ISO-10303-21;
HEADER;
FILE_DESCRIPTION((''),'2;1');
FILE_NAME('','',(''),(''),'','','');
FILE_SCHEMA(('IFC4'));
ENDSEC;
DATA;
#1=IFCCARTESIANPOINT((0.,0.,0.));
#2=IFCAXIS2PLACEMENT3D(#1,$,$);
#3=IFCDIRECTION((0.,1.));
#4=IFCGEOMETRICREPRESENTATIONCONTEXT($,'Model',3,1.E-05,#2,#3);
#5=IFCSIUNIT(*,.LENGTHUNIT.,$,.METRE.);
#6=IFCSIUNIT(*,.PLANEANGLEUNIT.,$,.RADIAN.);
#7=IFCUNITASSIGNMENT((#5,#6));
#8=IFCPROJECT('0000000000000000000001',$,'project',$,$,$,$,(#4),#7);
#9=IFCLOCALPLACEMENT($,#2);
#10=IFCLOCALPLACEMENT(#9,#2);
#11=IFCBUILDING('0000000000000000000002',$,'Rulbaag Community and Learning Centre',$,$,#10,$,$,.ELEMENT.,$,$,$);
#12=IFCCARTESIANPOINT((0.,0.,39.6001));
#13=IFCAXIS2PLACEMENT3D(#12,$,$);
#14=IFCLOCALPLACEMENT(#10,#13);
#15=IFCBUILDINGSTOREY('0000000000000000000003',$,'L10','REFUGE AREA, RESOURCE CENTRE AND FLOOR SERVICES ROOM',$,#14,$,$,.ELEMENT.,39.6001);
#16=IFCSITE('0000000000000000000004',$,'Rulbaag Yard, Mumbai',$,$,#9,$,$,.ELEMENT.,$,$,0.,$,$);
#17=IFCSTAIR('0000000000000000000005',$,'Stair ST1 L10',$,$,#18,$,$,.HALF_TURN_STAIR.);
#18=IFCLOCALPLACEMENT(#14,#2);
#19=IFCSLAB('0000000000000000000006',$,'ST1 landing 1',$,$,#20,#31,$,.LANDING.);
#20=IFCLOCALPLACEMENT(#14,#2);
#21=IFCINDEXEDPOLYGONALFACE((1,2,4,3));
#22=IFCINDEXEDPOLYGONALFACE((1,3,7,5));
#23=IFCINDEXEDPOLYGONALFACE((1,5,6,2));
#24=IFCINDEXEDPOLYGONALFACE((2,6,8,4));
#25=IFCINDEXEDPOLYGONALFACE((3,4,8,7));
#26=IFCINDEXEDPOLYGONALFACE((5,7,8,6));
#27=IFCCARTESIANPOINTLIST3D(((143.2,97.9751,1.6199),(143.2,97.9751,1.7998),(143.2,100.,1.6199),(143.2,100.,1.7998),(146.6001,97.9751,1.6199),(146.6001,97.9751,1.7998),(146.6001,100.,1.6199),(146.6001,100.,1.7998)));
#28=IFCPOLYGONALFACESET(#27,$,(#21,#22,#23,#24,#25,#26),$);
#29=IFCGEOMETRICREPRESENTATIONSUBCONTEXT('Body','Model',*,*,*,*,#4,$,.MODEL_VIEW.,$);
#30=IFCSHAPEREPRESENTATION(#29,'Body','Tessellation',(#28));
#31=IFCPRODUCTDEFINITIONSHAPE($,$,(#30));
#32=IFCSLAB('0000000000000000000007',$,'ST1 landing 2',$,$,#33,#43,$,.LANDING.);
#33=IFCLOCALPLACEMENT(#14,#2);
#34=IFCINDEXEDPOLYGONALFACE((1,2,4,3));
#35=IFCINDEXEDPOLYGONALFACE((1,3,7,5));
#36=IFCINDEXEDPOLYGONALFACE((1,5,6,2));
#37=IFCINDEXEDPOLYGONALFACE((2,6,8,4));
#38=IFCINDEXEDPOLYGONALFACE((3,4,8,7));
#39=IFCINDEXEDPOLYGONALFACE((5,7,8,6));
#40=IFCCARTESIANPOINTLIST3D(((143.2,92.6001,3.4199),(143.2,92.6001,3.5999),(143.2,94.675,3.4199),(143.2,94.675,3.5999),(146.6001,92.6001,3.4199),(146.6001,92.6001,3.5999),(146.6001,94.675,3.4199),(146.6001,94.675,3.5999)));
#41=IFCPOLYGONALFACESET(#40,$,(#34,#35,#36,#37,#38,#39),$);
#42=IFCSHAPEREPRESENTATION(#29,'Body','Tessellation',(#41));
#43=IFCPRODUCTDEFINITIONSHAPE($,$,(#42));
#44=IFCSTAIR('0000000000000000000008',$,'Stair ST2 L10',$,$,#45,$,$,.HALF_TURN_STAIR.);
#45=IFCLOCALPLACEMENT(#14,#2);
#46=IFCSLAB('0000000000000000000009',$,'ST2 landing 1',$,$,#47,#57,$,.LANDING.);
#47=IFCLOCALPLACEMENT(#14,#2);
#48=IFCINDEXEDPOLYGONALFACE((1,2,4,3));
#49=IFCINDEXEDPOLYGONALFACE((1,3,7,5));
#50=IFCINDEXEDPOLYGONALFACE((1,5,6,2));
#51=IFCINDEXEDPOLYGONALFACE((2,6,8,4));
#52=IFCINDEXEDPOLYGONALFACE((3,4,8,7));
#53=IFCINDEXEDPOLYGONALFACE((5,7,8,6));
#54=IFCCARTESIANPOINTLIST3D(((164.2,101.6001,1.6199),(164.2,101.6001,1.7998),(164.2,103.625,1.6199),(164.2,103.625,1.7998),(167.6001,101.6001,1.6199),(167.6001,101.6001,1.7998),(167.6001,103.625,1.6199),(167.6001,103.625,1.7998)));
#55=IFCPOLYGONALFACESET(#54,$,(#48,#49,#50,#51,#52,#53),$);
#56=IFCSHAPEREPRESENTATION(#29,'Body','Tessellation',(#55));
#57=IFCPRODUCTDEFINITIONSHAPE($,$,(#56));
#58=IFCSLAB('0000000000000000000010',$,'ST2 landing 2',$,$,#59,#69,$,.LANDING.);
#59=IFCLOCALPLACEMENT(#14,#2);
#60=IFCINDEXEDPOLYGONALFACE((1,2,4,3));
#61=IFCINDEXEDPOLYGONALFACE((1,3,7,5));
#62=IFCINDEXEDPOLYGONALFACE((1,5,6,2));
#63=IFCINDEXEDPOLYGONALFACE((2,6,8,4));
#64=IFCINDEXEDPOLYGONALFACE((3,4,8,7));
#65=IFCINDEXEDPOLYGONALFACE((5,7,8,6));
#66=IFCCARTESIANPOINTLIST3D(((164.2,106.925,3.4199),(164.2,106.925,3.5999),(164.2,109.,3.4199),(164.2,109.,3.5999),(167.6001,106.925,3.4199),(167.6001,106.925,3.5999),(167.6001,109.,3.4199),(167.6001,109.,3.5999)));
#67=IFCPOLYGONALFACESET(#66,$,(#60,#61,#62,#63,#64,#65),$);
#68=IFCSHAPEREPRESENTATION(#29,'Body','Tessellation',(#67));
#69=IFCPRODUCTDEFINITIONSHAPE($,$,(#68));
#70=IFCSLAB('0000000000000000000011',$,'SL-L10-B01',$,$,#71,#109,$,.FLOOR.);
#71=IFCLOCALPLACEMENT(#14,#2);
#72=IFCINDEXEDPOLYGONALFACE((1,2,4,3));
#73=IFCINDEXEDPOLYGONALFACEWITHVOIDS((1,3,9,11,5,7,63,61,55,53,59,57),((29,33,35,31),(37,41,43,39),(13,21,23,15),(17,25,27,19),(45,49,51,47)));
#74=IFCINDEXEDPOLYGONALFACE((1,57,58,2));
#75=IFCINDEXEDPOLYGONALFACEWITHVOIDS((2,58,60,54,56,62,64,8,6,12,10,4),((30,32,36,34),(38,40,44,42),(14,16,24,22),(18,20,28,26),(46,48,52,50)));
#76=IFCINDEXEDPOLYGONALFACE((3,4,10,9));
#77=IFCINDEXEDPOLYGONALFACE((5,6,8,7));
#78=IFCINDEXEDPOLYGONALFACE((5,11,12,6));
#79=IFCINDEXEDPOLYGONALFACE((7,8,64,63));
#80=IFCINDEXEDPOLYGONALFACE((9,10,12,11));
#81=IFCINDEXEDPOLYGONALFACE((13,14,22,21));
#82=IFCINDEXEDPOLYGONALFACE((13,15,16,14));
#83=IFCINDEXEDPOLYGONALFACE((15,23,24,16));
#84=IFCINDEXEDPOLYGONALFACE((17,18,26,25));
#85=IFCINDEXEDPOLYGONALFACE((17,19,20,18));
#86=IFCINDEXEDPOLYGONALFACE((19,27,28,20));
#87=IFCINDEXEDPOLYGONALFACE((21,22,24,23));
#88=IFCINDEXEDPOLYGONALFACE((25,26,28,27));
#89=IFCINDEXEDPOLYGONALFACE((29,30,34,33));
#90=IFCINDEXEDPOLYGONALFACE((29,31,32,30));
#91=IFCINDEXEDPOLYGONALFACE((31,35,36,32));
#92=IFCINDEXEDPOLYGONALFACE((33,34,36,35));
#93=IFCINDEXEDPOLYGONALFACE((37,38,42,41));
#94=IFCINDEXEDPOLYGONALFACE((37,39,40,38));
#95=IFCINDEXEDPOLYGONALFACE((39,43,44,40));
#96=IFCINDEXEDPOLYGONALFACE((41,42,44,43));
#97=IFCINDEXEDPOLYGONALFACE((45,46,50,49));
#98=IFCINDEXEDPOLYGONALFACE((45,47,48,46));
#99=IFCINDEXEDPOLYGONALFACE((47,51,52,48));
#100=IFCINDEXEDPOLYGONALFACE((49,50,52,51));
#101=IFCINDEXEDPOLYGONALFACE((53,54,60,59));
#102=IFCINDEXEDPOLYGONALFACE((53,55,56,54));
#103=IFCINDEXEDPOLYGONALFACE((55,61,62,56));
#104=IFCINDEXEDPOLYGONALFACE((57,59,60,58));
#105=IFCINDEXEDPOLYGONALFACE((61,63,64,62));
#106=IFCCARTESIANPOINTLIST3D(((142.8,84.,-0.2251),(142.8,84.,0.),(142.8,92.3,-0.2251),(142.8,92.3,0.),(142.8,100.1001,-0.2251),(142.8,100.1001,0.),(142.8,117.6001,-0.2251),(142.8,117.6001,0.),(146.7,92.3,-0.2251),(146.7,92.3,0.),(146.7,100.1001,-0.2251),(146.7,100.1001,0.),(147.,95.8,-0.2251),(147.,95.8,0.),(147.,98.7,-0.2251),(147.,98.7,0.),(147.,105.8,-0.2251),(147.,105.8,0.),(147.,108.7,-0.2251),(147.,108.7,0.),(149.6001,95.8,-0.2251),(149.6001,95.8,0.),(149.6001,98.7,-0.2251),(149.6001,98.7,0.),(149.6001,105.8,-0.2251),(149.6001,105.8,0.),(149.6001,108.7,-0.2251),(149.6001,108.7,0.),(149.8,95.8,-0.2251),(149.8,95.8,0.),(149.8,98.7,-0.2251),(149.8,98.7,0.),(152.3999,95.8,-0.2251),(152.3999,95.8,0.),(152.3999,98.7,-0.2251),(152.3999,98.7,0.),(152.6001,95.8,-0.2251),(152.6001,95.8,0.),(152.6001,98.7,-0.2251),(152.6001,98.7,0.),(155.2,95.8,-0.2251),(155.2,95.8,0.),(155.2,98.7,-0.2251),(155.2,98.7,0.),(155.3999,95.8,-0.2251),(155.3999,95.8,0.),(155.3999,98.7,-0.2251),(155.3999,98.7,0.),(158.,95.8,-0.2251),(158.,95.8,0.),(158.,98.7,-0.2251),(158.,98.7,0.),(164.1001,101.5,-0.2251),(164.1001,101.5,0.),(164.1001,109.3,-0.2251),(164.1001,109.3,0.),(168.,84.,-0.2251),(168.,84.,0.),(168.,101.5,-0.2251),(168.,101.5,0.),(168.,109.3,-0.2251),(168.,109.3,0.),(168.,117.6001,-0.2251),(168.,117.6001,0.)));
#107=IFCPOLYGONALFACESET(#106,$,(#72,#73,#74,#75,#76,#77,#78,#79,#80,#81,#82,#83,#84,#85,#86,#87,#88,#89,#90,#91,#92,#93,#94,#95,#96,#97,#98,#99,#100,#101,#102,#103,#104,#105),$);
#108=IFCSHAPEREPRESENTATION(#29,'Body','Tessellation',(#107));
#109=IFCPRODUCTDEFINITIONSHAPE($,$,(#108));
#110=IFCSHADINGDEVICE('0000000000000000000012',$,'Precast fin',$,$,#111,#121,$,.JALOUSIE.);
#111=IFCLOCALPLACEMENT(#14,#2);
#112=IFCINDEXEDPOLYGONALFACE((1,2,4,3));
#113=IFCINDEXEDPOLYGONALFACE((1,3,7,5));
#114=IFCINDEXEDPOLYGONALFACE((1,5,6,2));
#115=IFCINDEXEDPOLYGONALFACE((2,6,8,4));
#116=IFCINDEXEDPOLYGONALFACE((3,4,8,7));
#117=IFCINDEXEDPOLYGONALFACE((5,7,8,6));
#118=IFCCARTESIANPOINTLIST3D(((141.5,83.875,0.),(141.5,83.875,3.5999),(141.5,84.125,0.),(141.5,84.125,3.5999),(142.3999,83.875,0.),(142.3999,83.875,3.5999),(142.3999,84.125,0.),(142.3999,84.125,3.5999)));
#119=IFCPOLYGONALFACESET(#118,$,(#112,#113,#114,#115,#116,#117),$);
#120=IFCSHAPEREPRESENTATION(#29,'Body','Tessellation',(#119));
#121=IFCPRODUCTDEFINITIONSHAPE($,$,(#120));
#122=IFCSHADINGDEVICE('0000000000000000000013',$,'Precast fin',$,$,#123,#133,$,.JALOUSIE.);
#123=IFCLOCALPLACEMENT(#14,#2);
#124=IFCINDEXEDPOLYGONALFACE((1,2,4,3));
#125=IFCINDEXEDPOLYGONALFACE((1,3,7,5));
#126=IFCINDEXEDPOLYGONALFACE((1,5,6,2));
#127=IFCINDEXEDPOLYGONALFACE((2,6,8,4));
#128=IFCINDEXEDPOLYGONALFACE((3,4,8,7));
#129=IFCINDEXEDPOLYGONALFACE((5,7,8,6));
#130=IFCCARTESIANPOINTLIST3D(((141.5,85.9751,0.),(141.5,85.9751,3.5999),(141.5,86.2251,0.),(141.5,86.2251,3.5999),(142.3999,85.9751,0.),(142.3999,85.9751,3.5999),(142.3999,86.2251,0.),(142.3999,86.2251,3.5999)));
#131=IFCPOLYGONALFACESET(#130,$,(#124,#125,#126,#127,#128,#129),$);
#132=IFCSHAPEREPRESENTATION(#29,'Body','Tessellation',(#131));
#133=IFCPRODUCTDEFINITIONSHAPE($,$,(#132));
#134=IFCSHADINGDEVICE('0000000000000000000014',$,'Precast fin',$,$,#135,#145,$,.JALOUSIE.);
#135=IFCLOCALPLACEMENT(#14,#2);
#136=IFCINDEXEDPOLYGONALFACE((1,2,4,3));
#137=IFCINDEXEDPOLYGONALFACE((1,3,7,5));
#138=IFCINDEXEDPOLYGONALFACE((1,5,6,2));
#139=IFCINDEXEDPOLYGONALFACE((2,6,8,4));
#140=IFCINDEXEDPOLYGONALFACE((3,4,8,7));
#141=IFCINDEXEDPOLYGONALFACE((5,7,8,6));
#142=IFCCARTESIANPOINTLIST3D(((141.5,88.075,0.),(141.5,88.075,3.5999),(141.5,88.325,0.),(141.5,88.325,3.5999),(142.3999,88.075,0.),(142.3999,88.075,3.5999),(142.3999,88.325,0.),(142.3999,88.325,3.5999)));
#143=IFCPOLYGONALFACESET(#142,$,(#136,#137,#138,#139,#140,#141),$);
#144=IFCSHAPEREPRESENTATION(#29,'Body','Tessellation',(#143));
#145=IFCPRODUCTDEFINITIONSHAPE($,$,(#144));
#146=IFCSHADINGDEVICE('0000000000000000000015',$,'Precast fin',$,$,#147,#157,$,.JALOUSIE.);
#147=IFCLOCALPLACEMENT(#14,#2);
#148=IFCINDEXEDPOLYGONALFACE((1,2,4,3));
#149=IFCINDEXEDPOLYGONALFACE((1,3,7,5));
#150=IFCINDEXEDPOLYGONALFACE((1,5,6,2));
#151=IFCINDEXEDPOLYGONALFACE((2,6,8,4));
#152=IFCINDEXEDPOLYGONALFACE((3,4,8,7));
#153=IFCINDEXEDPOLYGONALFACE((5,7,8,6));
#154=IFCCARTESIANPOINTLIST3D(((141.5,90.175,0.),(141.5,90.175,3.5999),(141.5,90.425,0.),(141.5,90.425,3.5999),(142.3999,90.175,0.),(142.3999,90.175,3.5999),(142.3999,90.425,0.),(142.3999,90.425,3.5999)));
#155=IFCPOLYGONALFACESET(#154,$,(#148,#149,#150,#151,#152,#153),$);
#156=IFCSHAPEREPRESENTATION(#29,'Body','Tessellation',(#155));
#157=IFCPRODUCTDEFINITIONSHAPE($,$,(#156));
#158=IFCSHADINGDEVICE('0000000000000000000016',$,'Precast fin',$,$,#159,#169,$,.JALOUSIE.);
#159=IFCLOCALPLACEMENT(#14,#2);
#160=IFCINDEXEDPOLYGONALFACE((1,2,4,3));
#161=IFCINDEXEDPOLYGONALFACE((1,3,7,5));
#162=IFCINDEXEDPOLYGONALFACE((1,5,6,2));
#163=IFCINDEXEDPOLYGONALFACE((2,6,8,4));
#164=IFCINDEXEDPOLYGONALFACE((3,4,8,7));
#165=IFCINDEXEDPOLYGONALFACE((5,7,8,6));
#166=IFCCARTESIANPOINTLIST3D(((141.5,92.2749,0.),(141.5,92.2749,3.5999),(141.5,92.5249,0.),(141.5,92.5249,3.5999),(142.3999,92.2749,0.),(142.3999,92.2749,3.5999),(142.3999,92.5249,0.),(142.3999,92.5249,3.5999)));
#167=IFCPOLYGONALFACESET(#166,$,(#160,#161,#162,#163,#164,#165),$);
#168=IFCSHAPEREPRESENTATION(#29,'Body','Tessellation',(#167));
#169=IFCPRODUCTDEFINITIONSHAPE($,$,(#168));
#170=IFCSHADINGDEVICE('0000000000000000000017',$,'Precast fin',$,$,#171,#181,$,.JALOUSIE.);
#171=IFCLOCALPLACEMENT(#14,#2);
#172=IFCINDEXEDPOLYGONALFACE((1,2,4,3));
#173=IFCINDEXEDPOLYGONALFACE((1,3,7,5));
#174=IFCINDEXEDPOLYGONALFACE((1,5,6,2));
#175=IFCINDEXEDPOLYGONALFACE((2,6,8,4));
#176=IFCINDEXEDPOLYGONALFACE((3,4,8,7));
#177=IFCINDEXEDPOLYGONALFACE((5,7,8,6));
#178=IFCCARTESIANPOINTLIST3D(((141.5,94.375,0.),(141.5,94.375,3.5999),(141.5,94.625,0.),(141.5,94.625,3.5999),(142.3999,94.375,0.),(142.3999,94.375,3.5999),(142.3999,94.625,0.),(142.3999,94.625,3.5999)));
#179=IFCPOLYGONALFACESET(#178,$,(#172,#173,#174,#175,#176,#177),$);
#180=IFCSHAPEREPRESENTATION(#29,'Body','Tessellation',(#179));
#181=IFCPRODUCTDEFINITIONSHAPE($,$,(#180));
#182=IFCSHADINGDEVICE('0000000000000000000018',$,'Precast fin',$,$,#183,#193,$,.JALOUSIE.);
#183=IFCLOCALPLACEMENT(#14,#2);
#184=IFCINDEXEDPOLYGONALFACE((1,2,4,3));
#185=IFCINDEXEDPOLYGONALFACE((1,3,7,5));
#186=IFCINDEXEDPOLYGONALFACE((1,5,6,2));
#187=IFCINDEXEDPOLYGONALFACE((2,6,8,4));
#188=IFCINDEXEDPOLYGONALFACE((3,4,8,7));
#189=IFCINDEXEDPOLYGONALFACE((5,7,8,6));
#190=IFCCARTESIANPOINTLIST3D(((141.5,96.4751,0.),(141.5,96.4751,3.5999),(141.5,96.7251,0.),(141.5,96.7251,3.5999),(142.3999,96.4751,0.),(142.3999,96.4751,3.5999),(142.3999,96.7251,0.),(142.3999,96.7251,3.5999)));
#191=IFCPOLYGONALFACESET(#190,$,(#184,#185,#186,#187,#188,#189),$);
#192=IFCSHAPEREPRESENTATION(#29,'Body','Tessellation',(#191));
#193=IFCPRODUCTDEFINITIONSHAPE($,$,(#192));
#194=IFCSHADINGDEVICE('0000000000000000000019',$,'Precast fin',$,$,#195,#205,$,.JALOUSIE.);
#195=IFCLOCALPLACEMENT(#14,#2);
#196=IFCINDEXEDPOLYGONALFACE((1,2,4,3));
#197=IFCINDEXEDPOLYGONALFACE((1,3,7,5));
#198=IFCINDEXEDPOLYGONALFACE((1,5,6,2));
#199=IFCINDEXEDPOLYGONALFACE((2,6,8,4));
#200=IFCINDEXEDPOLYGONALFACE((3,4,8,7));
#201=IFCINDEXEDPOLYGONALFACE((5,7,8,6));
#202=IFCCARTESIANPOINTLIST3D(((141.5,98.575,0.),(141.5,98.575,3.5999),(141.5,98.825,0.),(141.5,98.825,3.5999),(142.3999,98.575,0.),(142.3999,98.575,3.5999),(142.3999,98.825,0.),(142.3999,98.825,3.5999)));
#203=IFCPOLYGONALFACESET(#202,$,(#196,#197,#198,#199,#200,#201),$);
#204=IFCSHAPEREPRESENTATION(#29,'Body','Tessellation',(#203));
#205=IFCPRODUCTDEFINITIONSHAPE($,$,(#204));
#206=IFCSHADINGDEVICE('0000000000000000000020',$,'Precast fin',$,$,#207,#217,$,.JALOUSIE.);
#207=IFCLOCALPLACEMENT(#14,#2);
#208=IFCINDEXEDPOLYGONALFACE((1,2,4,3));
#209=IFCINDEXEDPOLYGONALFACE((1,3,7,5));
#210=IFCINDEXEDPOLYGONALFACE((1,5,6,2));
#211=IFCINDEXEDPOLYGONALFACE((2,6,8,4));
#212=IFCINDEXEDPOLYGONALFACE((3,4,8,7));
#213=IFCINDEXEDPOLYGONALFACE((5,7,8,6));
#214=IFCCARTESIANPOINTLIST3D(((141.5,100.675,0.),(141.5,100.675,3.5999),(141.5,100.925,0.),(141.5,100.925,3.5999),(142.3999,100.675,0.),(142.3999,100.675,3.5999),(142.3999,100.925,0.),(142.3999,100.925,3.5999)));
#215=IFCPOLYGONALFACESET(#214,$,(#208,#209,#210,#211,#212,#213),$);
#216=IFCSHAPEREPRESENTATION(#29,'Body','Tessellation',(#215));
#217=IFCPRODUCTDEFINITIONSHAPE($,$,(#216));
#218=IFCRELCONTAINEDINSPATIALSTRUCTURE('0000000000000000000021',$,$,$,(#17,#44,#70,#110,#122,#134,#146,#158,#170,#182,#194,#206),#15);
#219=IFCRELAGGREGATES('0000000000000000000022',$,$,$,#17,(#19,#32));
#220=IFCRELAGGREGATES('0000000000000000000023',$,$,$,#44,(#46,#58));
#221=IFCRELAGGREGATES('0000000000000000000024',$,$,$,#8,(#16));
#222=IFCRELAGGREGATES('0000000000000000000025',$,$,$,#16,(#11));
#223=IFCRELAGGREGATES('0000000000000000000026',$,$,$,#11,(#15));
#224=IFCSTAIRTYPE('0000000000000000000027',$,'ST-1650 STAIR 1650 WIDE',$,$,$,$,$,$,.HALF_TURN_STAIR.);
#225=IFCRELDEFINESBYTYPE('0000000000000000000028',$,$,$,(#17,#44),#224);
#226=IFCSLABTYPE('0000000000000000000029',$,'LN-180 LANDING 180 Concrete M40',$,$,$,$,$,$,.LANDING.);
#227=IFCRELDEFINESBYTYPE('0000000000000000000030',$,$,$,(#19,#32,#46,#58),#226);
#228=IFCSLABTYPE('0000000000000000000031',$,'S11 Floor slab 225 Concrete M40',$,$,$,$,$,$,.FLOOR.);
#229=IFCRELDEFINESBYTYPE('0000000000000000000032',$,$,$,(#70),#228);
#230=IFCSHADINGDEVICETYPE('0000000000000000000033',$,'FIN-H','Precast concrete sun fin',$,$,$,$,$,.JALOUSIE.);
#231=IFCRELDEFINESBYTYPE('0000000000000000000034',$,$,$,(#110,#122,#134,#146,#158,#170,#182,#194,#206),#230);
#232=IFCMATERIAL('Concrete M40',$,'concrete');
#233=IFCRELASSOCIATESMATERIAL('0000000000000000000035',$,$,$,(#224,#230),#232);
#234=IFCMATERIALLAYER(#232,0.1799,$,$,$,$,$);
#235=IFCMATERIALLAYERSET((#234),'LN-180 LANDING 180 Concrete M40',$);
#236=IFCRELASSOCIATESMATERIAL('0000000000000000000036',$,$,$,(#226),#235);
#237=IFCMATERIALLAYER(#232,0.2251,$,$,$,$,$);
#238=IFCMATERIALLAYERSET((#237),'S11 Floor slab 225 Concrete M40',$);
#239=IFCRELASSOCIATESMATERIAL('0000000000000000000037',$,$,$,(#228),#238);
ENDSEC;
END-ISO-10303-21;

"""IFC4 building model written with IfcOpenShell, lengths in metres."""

from ifc_helpers import new_model, si_unit, direction, frame, origin, origin_2d, place, context, subcontext, project, spatial, polyline, rectangle, outline, extrude, material, layer, layer_set, material_profile, profile_set, type_object, element, aggregate, save


model = new_model("IFC4")

# Units and contexts
model_context = context("Model", 3, precision=1e-05, world=origin(), true_north=direction((0.0, 1.0)))
body_context = subcontext(model_context, "Body", "Model", "MODEL_VIEW")
ifc_project = project(units=[si_unit("LENGTHUNIT", "METRE"), si_unit("PLANEANGLEUNIT", "RADIAN")], contexts=[model_context])

# Site, building, storey
site_placement = place(None, origin())
site = spatial("IfcSite", under=ifc_project, at=site_placement, Name="Rulbaag Yard, Mumbai", CompositionType="ELEMENT", RefElevation=0.0)
building_placement = place(site_placement, origin())
building = spatial("IfcBuilding", under=site, at=building_placement, Name="Rulbaag Community and Learning Centre", CompositionType="ELEMENT")
storey_placement = place(building_placement, frame((0.0, 0.0, 39.6001)))
storey = spatial("IfcBuildingStorey", under=building, at=storey_placement, Name="L10", Description="REFUGE AREA, RESOURCE CENTRE AND FLOOR SERVICES ROOM", CompositionType="ELEMENT", Elevation=39.6001)

# Stairs, slabs
ifc_material = material(Name="Concrete M40", Category="concrete")
stair_type = type_object("IfcStairType", Name="ST-1650 STAIR 1650 WIDE", PredefinedType="HALF_TURN_STAIR", material=ifc_material)
stair_1_placement = place(storey_placement, origin())
stair_1 = element("IfcStair", 1, at=stair_1_placement, inside=storey, type_object=stair_type, Name="Stair ST1 L10", PredefinedType="HALF_TURN_STAIR")
ifc_layer_1 = layer(ifc_material, 0.1799)
ifc_layer_set_1 = layer_set([ifc_layer_1], Name="LN-180 LANDING 180 Concrete M40")
slab_type_1 = type_object("IfcSlabType", Name="LN-180 LANDING 180 Concrete M40", PredefinedType="LANDING", material=ifc_layer_set_1)
slab_1_placement = place(storey_placement, frame((0.0, 0.0, 1.6199)))
slab_1 = element("IfcSlab", 2, at=slab_1_placement, type_object=slab_type_1, Name="ST1 landing 1", PredefinedType="LANDING", context=body_context, shape_type="SweptSolid", body=[
    extrude(outline(polyline([(143.2, 97.9751), (143.2, 100.0), (146.6001, 100.0), (146.6001, 97.9751), (143.2, 97.9751)])), origin(), (0.0, 0.0, 1.0), 0.1799),
])
slab_2_placement = place(storey_placement, frame((0.0, 0.0, 3.4199)))
slab_2 = element("IfcSlab", 3, at=slab_2_placement, type_object=slab_type_1, Name="ST1 landing 2", PredefinedType="LANDING", context=body_context, shape_type="SweptSolid", body=[
    extrude(outline(polyline([(143.2, 92.6001), (143.2, 94.675), (146.6001, 94.675), (146.6001, 92.6001), (143.2, 92.6001)])), origin(), (0.0, 0.0, 1.0), 0.1799),
])
aggregate(stair_1, [slab_1, slab_2])
stair_2_placement = place(storey_placement, origin())
stair_2 = element("IfcStair", 4, at=stair_2_placement, inside=storey, type_object=stair_type, Name="Stair ST2 L10", PredefinedType="HALF_TURN_STAIR")
slab_3_placement = place(storey_placement, frame((0.0, 0.0, 1.6199)))
slab_3 = element("IfcSlab", 5, at=slab_3_placement, type_object=slab_type_1, Name="ST2 landing 1", PredefinedType="LANDING", context=body_context, shape_type="SweptSolid", body=[
    extrude(outline(polyline([(164.2, 101.6001), (164.2, 103.625), (167.6001, 103.625), (167.6001, 101.6001), (164.2, 101.6001)])), origin(), (0.0, 0.0, 1.0), 0.1799),
])
slab_4_placement = place(storey_placement, frame((0.0, 0.0, 3.4199)))
slab_4 = element("IfcSlab", 6, at=slab_4_placement, type_object=slab_type_1, Name="ST2 landing 2", PredefinedType="LANDING", context=body_context, shape_type="SweptSolid", body=[
    extrude(outline(polyline([(164.2, 106.925), (164.2, 109.0), (167.6001, 109.0), (167.6001, 106.925), (164.2, 106.925)])), origin(), (0.0, 0.0, 1.0), 0.1799),
])
aggregate(stair_2, [slab_3, slab_4])

# Slab
ifc_layer_2 = layer(ifc_material, 0.2251)
ifc_layer_set_2 = layer_set([ifc_layer_2], Name="S11 Floor slab 225 Concrete M40")
slab_type_2 = type_object("IfcSlabType", Name="S11 Floor slab 225 Concrete M40", PredefinedType="FLOOR", material=ifc_layer_set_2)
slab_5_placement = place(storey_placement, frame((0.0, 0.0, -0.2251)))
element("IfcSlab", 7, at=slab_5_placement, inside=storey, type_object=slab_type_2, Name="SL-L10-B01", PredefinedType="FLOOR", context=body_context, shape_type="SweptSolid", body=[
    extrude(outline(polyline([(168.0, 84.0), (142.8, 84.0), (142.8, 92.3), (146.7, 92.3), (146.7, 100.1001), (142.8, 100.1001), (142.8, 117.6001), (168.0, 117.6001), (168.0, 109.3), (164.1001, 109.3), (164.1001, 101.5), (168.0, 101.5), (168.0, 84.0)]), holes=[polyline([(147.0, 98.7), (147.0, 95.8), (149.6001, 95.8), (149.6001, 98.7), (147.0, 98.7)]), polyline([(149.8, 98.7), (149.8, 95.8), (152.3999, 95.8), (152.3999, 98.7), (149.8, 98.7)]), polyline([(152.6001, 98.7), (152.6001, 95.8), (155.2, 95.8), (155.2, 98.7), (152.6001, 98.7)]), polyline([(155.3999, 98.7), (155.3999, 95.8), (158.0, 95.8), (158.0, 98.7), (155.3999, 98.7)]), polyline([(147.0, 108.7), (147.0, 105.8), (149.6001, 105.8), (149.6001, 108.7), (147.0, 108.7)])]), origin(), (0.0, 0.0, 1.0), 0.2251),
])

# Shading devices
ifc_material_profile = material_profile(ifc_material, rectangle(XDim=0.25, YDim=0.8999, at=origin_2d()), Name="PC 250x900")
ifc_profile_set = profile_set([ifc_material_profile], Name="Concrete M40")
shading_device_type_1 = type_object("IfcShadingDeviceType", Name="FIN-H", Description="Precast concrete sun fin", PredefinedType="JALOUSIE", material=ifc_profile_set)
for number, where, z_axis, x_axis, name in (
    (8, (141.95, 84.0, 0.0), (0.0, 0.0, 1.0), (0.0, 1.0, 0.0), "Precast fin"),
    (9, (141.95, 86.1001, 0.0), (0.0, 0.0, 1.0), (0.0, 1.0, 0.0), "Precast fin"),
    (10, (141.95, 88.2, 0.0), (0.0, 0.0, 1.0), (0.0, 1.0, 0.0), "Precast fin"),
    (11, (141.95, 90.3, 0.0), (0.0, 0.0, 1.0), (0.0, 1.0, 0.0), "Precast fin"),
    (12, (141.95, 92.3999, 0.0), (0.0, 0.0, 1.0), (0.0, 1.0, 0.0), "Precast fin"),
    (13, (141.95, 94.5, 0.0), (0.0, 0.0, 1.0), (0.0, 1.0, 0.0), "Precast fin"),
    (14, (141.95, 96.6001, 0.0), (0.0, 0.0, 1.0), (0.0, 1.0, 0.0), "Precast fin"),
    (15, (141.95, 98.7, 0.0), (0.0, 0.0, 1.0), (0.0, 1.0, 0.0), "Precast fin"),
    (16, (141.95, 100.8, 0.0), (0.0, 0.0, 1.0), (0.0, 1.0, 0.0), "Precast fin"),
):
    element("IfcShadingDevice", number, at=place(storey_placement, frame(where, z_axis=z_axis, x_axis=x_axis)), inside=storey, type_object=shading_device_type_1, Name=name, PredefinedType="JALOUSIE", context=body_context, shape_type="SweptSolid", body=[
        extrude(rectangle(XDim=0.25, YDim=0.8999, at=origin_2d()), origin(), (0.0, 0.0, 1.0), 3.5999),
    ])

save(model, "model.ifc")
